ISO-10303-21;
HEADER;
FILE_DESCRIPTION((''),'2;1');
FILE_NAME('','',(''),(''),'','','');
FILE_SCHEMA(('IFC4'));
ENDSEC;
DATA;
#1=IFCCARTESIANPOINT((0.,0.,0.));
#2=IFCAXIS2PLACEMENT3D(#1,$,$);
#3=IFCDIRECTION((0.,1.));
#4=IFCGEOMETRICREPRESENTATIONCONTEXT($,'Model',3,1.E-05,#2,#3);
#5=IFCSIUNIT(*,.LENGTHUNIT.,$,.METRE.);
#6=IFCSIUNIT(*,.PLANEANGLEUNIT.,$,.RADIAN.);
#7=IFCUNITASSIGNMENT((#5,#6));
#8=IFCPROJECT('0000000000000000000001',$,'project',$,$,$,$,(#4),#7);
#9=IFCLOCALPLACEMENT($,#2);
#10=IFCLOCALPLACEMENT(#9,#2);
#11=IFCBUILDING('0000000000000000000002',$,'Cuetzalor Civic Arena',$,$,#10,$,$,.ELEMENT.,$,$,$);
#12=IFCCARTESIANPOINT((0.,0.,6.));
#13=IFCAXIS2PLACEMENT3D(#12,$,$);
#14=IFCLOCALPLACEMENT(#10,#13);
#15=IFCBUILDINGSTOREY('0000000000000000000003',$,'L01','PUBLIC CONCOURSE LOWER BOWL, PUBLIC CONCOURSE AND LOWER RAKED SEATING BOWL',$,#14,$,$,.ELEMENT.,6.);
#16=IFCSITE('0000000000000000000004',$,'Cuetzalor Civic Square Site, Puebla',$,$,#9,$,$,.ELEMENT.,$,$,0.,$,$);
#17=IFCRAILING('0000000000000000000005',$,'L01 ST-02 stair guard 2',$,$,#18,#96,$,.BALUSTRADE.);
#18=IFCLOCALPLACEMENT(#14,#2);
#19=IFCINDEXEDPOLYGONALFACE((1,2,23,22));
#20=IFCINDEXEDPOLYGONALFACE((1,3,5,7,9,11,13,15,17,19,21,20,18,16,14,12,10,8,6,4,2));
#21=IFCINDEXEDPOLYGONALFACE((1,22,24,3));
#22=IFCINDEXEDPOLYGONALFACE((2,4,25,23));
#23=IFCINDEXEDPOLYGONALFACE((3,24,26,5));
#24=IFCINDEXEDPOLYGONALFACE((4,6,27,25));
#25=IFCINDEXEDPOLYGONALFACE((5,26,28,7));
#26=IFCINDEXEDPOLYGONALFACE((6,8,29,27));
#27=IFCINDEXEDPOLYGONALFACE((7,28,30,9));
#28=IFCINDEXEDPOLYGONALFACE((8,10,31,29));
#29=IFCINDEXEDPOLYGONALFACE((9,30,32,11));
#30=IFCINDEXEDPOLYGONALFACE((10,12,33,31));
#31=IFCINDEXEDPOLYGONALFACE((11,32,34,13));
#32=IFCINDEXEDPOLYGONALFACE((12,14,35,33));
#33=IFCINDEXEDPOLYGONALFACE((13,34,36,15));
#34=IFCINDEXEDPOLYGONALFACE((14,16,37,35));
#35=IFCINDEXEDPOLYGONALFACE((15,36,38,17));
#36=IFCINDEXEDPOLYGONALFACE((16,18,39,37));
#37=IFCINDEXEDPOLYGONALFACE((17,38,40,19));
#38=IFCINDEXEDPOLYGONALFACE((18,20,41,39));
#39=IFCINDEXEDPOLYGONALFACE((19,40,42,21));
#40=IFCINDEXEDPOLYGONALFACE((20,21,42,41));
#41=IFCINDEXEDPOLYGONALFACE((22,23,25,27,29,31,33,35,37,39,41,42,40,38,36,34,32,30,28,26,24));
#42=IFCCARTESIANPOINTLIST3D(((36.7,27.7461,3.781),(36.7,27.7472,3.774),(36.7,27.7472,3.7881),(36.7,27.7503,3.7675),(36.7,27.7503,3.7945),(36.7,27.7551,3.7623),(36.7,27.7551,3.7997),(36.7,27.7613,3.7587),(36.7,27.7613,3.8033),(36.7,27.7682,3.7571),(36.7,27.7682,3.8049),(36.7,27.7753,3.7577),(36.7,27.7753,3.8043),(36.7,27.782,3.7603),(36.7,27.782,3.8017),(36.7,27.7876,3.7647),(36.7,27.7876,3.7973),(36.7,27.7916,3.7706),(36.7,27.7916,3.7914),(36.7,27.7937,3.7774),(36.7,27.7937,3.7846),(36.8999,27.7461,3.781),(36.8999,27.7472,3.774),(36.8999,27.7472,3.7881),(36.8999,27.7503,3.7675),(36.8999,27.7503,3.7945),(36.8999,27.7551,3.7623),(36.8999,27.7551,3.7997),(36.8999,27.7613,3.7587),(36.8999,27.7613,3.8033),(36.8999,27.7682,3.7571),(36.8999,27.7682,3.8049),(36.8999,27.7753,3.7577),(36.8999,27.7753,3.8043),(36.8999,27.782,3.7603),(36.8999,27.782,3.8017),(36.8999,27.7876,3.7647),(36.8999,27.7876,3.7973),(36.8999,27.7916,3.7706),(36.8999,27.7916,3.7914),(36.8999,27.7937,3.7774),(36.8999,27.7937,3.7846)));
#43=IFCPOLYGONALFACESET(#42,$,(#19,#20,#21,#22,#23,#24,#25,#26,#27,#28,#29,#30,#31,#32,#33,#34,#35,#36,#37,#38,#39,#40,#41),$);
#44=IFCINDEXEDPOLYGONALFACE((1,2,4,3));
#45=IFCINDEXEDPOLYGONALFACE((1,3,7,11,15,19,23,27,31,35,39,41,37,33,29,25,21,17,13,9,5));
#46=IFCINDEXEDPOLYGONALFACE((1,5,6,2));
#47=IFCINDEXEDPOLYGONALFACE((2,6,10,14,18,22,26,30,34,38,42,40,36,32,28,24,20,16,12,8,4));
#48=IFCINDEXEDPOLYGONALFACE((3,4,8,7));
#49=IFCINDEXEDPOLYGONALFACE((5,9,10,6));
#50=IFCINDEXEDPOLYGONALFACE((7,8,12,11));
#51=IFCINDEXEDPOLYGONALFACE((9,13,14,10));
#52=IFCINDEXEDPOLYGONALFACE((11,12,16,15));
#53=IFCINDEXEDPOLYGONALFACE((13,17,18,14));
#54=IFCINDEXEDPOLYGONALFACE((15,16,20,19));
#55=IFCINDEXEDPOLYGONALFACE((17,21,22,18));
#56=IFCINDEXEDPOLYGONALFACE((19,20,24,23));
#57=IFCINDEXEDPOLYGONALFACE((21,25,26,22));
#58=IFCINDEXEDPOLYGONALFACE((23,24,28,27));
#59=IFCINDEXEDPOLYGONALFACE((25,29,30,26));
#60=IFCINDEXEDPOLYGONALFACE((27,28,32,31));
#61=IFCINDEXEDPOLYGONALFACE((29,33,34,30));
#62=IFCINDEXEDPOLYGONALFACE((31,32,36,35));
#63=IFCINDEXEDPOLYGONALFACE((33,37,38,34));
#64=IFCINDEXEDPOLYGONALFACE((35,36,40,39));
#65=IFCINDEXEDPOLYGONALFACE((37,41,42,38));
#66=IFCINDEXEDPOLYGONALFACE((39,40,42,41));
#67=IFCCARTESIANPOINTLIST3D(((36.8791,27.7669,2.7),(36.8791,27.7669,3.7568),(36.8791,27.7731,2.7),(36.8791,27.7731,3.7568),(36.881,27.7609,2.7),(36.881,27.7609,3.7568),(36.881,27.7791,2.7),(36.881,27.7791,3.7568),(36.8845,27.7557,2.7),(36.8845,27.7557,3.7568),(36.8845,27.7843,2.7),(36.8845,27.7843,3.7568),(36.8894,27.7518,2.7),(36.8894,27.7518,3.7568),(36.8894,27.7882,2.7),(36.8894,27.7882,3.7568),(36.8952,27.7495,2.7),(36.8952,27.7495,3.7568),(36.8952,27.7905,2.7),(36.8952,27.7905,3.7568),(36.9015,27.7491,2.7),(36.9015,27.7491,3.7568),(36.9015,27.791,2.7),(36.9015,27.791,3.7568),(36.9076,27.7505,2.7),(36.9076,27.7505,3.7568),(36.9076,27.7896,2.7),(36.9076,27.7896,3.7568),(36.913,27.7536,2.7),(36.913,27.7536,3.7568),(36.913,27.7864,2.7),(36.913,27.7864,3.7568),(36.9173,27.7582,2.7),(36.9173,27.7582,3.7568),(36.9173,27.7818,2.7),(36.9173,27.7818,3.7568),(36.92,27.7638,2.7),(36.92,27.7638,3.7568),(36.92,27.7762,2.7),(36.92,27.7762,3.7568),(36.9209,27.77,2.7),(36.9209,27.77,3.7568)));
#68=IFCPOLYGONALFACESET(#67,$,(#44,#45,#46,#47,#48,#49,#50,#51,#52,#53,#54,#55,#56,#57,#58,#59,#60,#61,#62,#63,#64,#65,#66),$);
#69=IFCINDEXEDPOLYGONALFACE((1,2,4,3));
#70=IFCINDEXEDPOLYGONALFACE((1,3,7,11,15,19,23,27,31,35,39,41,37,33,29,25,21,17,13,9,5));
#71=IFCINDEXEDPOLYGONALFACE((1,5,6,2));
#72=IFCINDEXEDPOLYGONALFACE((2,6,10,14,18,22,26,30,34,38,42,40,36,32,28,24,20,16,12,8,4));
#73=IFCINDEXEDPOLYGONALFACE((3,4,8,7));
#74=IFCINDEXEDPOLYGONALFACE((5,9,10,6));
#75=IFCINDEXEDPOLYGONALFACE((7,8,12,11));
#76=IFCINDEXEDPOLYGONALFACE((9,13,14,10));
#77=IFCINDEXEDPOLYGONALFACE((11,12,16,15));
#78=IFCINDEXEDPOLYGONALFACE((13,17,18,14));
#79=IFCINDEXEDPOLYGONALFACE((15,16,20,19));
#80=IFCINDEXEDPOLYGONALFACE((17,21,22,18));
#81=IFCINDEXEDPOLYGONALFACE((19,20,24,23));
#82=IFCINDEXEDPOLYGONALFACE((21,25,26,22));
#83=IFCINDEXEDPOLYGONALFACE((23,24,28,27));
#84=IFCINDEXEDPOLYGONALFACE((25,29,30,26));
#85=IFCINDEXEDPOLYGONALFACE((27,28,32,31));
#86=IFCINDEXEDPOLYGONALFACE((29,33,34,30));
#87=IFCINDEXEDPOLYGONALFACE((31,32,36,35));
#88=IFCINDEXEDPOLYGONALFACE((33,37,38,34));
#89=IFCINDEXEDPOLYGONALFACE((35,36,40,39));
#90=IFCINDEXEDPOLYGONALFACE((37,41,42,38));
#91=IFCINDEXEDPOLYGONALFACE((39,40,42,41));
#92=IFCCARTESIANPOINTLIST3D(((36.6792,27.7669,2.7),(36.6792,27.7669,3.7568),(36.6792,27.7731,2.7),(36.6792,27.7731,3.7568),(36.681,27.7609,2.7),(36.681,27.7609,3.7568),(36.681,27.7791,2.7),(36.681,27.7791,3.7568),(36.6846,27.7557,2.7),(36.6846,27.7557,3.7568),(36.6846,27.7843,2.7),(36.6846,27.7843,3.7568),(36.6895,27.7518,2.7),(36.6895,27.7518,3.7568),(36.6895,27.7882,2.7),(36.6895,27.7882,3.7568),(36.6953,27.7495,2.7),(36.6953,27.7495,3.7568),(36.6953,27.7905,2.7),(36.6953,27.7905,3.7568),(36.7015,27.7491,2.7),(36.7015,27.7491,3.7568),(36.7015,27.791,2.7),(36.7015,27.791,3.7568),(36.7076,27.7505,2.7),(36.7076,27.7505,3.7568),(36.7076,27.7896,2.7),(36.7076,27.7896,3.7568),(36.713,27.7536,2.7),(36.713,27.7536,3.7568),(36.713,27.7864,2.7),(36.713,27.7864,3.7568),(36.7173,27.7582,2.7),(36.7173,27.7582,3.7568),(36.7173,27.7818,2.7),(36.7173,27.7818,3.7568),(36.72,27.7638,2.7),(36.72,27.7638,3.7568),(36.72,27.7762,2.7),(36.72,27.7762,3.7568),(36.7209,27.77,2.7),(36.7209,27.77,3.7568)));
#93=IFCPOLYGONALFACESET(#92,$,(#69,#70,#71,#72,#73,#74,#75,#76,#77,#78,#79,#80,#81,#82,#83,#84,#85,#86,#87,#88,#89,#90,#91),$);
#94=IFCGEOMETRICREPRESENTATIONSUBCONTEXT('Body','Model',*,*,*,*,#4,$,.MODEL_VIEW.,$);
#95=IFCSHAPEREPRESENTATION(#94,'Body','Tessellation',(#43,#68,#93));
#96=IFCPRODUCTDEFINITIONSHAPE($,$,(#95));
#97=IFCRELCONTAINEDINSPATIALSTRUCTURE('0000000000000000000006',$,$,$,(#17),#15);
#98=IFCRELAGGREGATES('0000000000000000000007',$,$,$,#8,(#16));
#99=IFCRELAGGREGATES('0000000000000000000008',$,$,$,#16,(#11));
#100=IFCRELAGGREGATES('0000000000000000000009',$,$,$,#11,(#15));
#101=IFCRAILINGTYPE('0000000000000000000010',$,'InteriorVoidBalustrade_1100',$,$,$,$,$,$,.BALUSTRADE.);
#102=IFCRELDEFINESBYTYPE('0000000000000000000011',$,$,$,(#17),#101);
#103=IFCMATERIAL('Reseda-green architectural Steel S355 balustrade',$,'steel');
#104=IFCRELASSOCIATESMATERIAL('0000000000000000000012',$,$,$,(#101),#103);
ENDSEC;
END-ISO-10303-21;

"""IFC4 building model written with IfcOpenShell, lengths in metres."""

from ifc_helpers import new_model, si_unit, direction, frame, origin, origin_2d, place, context, subcontext, project, spatial, circle, extrude, material, type_object, element, save


model = new_model("IFC4")

# Units and contexts
model_context = context("Model", 3, precision=1e-05, world=origin(), true_north=direction((0.0, 1.0)))
body_context = subcontext(model_context, "Body", "Model", "MODEL_VIEW")
ifc_project = project(units=[si_unit("LENGTHUNIT", "METRE"), si_unit("PLANEANGLEUNIT", "RADIAN")], contexts=[model_context])

# Site, building, storey
site_placement = place(None, origin())
site = spatial("IfcSite", under=ifc_project, at=site_placement, Name="Cuetzalor Civic Square Site, Puebla", CompositionType="ELEMENT", RefElevation=0.0)
building_placement = place(site_placement, origin())
building = spatial("IfcBuilding", under=site, at=building_placement, Name="Cuetzalor Civic Arena", CompositionType="ELEMENT")
storey_placement = place(building_placement, frame((0.0, 0.0, 6.0)))
storey = spatial("IfcBuildingStorey", under=building, at=storey_placement, Name="L01", Description="PUBLIC CONCOURSE LOWER BOWL, PUBLIC CONCOURSE AND LOWER RAKED SEATING BOWL", CompositionType="ELEMENT", Elevation=6.0)

# Railing
ifc_material_1 = material(Name="Reseda-green architectural Steel S355 balustrade", Category="steel")
railing_type_1 = type_object("IfcRailingType", Name="InteriorVoidBalustrade_1100", PredefinedType="BALUSTRADE", material=ifc_material_1)
railing_1_placement = place(storey_placement, frame((36.8999, 27.77, 2.7)))
element("IfcRailing", 1, at=railing_1_placement, inside=storey, type_object=railing_type_1, Name="L01 ST-02 stair guard 2", PredefinedType="BALUSTRADE", context=body_context, shape_type="SweptSolid", body=[
    extrude(circle(Radius=0.0239, at=origin_2d()), frame((0.0, 0.0, 1.0811), z_axis=(-1.0, 0.0, 0.0), x_axis=(0.0, -1.0, 0.0)), (0.0, 0.0, 1.0), 0.2),
    extrude(circle(Radius=0.021, at=origin_2d()), origin(), (0.0, 0.0, 1.0), 1.0569),
    extrude(circle(Radius=0.021, at=origin_2d()), frame((-0.2, 0.0, 0.0)), (0.0, 0.0, 1.0), 1.0569),
])

save(model, "model.ifc")
